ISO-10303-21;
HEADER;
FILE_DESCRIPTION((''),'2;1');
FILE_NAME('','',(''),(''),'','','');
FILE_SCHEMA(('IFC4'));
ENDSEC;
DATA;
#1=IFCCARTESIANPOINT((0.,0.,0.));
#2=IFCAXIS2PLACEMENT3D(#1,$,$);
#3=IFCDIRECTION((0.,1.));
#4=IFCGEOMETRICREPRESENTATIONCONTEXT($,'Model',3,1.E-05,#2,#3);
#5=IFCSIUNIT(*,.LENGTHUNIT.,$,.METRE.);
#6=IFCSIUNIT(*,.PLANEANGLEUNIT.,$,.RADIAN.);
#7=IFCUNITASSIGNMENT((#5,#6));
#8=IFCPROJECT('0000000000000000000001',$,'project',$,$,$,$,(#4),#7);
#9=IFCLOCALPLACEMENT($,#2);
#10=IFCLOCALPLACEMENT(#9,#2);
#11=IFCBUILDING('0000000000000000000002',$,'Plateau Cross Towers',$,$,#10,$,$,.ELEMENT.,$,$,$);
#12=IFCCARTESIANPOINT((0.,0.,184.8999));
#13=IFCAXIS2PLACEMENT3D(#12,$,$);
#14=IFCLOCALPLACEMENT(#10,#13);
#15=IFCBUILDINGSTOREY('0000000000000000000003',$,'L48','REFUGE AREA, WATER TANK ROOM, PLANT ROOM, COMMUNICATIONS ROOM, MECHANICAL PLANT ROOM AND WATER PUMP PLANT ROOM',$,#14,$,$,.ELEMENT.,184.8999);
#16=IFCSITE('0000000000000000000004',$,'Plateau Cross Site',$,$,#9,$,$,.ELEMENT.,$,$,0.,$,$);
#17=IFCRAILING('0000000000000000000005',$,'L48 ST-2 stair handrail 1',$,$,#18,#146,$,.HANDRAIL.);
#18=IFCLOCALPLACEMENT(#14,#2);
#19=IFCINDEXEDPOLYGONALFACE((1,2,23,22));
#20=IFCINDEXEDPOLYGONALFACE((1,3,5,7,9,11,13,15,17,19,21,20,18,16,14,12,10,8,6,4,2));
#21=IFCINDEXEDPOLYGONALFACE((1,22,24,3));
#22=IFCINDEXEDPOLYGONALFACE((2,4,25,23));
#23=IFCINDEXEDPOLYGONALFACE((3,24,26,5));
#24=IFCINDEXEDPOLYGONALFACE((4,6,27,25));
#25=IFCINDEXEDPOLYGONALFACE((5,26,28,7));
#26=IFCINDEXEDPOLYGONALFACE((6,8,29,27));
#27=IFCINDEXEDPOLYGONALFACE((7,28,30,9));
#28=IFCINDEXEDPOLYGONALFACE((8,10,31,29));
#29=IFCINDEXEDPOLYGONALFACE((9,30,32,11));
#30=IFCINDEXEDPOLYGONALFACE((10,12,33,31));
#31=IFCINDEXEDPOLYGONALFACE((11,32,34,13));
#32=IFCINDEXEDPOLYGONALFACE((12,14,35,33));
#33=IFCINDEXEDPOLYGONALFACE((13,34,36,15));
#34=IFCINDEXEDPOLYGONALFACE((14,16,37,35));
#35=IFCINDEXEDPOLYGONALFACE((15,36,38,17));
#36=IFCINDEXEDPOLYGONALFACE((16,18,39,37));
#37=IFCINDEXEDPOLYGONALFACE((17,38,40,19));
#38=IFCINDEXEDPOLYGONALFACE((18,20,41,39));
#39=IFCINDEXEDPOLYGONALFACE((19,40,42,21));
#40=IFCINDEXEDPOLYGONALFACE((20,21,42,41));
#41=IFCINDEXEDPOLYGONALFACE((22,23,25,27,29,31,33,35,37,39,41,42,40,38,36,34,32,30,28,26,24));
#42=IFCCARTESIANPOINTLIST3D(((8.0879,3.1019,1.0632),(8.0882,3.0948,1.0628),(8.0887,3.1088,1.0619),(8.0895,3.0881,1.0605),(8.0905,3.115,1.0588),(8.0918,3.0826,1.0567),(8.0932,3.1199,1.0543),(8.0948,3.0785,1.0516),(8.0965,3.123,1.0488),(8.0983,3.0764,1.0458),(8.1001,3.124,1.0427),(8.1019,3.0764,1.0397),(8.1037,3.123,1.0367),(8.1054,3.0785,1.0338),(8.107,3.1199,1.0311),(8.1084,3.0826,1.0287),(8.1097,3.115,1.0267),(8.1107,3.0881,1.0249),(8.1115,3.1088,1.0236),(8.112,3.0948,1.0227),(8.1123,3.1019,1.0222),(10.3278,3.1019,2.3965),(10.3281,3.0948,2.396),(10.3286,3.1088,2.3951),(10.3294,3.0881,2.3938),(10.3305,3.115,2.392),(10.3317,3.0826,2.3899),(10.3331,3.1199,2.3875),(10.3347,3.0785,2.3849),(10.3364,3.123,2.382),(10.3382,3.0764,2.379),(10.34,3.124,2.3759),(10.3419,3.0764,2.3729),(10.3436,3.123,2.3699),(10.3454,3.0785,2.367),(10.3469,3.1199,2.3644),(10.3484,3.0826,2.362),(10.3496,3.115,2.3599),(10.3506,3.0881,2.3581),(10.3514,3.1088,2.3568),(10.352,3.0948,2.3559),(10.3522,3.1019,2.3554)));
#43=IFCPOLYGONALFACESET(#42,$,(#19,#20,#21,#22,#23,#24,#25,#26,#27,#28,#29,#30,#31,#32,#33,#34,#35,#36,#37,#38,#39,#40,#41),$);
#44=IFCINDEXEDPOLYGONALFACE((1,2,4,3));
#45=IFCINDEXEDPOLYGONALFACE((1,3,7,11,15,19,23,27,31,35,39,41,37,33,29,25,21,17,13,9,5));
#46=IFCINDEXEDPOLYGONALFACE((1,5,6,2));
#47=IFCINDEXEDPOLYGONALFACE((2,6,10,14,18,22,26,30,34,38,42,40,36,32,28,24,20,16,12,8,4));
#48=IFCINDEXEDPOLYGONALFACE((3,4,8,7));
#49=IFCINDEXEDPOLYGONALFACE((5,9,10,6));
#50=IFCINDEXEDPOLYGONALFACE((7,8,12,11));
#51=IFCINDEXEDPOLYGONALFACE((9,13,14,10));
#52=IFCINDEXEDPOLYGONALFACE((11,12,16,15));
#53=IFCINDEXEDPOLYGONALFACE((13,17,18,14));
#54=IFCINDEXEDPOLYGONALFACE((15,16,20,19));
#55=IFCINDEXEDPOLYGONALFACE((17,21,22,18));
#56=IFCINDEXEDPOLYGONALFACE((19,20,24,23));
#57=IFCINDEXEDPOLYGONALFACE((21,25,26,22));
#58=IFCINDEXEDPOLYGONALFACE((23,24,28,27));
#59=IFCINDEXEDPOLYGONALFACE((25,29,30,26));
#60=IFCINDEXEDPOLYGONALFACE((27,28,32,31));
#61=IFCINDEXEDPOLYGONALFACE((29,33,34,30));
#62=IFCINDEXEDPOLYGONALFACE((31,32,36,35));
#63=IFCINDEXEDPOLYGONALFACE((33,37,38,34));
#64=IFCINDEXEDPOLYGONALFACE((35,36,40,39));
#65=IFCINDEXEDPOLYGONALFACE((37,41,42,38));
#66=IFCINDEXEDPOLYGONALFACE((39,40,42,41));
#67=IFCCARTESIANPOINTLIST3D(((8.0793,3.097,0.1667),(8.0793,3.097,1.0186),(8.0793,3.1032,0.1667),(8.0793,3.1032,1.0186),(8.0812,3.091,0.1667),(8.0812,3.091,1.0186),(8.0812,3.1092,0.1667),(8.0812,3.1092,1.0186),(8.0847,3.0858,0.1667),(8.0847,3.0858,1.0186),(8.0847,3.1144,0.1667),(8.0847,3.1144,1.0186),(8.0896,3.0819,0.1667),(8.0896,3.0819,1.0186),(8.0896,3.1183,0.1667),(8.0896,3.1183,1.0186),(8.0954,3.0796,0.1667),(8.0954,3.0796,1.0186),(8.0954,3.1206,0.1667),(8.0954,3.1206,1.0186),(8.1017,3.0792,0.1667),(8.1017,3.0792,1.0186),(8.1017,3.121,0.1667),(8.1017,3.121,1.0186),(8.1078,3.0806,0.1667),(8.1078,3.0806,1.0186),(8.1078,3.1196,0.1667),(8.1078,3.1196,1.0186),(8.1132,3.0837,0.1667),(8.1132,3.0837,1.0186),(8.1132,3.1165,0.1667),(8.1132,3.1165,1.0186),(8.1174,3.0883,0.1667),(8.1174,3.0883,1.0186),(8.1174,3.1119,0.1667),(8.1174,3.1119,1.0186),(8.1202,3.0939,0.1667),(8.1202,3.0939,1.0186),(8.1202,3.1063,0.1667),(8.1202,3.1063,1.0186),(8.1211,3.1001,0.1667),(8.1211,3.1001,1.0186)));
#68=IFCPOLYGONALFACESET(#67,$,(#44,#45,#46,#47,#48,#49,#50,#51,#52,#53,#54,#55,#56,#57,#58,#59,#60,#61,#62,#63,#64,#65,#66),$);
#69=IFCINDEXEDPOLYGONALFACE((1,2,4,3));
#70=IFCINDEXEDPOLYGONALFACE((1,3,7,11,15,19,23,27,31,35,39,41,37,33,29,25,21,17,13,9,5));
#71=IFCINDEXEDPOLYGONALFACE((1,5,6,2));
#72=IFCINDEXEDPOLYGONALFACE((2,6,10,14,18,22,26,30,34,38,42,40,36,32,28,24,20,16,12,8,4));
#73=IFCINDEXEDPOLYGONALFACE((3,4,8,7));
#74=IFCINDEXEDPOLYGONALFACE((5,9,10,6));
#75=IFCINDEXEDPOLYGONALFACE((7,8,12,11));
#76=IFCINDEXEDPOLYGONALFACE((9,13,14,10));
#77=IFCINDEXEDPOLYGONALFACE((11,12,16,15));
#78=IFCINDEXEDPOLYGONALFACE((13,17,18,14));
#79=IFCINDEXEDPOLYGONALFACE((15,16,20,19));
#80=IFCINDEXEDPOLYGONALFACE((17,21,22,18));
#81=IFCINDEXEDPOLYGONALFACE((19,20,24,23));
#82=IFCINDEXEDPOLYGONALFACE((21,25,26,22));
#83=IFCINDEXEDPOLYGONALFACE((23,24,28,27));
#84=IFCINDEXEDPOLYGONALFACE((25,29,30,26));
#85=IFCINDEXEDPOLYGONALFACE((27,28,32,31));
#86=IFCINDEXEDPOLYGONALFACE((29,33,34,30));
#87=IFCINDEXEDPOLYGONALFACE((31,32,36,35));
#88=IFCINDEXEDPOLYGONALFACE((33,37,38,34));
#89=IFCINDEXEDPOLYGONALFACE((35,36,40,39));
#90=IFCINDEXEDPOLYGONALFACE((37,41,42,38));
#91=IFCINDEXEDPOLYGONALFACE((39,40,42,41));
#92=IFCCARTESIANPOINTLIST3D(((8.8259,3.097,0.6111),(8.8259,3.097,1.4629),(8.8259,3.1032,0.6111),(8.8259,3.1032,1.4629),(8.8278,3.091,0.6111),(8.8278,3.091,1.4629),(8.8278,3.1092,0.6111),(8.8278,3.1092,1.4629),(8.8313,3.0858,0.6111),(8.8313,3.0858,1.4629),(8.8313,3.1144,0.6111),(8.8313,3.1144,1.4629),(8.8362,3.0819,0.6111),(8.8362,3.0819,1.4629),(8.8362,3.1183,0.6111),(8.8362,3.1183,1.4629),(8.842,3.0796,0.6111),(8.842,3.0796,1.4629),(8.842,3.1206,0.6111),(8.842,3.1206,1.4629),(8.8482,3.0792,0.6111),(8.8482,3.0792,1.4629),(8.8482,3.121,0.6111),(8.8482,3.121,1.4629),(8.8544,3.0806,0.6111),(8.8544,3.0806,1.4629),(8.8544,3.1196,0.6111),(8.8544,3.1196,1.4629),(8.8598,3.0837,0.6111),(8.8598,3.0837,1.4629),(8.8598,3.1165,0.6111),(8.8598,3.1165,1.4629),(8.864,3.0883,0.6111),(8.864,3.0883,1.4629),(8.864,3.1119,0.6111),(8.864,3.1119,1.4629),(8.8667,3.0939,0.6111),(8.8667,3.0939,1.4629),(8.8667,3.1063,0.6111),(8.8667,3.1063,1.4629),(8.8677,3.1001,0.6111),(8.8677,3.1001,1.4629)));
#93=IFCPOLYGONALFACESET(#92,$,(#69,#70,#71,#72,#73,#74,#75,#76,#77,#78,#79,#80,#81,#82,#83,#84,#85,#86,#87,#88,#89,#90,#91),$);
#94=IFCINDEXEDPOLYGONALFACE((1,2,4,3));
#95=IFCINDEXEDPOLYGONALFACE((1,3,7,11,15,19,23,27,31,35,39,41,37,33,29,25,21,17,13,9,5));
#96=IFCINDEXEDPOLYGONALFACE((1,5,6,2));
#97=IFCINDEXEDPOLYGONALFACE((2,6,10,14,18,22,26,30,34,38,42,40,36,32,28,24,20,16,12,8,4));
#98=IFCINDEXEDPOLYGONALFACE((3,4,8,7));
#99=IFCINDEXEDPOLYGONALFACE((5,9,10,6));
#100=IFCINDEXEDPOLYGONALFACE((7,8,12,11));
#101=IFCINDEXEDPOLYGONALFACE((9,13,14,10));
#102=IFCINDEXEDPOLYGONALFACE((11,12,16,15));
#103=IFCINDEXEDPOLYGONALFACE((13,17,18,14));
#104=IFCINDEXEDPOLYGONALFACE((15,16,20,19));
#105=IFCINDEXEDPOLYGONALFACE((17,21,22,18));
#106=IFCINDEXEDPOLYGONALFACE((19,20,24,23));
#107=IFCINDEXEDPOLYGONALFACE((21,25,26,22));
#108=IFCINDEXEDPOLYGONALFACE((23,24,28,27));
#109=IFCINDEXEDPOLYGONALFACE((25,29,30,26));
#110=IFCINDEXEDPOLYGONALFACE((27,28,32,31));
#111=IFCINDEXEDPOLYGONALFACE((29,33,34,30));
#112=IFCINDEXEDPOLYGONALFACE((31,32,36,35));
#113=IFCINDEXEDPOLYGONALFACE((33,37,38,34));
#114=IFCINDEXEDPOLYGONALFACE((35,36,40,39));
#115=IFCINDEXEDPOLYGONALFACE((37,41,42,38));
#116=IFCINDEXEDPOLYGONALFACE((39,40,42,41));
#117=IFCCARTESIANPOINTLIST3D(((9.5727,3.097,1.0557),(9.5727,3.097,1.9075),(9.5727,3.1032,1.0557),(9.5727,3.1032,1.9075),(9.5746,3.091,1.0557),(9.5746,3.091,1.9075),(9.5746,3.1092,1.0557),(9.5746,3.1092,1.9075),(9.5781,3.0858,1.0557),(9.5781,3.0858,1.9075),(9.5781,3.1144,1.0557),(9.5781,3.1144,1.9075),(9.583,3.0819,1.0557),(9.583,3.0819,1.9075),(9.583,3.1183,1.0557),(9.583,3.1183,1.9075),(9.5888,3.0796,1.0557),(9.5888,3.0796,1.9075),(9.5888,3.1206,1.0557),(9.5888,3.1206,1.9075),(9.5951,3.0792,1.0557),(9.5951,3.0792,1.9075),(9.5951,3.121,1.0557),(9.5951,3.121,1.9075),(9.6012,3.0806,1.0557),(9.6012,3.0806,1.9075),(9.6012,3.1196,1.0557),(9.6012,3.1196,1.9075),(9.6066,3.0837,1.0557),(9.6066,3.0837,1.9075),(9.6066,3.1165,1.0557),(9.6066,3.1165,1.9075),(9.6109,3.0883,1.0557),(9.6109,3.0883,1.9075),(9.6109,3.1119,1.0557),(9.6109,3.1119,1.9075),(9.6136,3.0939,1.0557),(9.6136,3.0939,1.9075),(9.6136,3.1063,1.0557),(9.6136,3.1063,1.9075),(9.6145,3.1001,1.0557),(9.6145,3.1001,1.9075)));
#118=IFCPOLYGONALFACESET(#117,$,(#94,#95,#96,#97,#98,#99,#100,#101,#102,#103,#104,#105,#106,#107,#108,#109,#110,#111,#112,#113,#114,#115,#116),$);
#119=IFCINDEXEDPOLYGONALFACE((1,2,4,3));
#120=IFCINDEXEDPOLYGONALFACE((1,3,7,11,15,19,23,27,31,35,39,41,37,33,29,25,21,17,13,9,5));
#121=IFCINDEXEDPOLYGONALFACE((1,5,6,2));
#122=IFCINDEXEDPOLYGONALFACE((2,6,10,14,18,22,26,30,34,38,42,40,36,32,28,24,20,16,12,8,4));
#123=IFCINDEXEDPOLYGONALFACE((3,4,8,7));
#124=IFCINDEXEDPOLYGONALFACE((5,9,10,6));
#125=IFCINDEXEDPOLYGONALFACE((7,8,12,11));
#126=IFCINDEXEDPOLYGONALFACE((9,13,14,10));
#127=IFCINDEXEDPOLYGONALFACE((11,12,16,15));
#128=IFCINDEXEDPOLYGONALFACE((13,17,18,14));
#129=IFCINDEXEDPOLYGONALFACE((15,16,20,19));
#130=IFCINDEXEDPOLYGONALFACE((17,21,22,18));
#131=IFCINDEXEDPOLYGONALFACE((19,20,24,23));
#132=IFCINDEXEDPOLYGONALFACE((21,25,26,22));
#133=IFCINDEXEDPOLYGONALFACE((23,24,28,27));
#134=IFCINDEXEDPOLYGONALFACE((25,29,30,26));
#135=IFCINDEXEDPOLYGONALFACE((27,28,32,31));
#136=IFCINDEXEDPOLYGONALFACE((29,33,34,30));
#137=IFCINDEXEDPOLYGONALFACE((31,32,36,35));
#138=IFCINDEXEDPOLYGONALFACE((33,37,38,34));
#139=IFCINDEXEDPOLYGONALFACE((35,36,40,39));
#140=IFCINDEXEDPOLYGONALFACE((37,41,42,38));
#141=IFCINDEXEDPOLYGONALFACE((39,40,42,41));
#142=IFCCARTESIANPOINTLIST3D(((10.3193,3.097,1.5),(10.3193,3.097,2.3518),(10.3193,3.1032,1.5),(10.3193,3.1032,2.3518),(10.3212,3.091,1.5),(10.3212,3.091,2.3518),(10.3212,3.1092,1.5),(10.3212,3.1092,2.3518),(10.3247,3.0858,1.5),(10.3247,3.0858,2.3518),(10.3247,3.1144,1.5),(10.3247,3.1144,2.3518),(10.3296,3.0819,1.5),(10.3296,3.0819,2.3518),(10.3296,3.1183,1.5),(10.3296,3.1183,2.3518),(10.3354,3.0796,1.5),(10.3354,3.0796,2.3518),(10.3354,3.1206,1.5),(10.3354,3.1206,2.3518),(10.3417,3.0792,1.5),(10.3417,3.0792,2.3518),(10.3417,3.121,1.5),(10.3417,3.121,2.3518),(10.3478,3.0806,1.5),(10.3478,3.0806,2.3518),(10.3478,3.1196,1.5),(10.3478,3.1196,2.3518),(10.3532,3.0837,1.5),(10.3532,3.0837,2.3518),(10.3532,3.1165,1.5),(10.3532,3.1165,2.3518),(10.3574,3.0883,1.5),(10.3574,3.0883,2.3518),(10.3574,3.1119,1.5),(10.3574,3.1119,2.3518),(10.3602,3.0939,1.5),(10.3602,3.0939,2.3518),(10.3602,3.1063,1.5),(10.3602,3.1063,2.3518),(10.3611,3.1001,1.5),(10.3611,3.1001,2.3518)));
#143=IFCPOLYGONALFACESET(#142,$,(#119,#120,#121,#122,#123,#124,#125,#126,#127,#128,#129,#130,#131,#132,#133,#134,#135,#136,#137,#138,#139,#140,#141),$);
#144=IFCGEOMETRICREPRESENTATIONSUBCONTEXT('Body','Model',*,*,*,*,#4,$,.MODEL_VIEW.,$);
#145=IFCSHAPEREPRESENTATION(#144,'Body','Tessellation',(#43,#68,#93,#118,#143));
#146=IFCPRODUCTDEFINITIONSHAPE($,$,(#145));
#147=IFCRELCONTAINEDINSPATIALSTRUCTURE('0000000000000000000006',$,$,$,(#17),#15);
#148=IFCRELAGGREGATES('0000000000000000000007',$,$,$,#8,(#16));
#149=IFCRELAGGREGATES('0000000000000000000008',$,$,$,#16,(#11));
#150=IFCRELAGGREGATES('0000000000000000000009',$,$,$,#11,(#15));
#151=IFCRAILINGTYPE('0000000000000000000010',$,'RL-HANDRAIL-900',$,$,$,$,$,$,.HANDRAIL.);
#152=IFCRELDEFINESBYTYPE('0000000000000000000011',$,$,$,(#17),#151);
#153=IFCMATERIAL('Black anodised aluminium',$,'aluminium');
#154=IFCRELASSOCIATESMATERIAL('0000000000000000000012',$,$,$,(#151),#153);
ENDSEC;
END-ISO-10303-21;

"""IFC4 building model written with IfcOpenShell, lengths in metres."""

from ifc_helpers import new_model, si_unit, direction, frame, origin, origin_2d, place, context, subcontext, project, spatial, circle, extrude, material, type_object, element, save


model = new_model("IFC4")

# Units and contexts
model_context = context("Model", 3, precision=1e-05, world=origin(), true_north=direction((0.0, 1.0)))
body_context = subcontext(model_context, "Body", "Model", "MODEL_VIEW")
ifc_project = project(units=[si_unit("LENGTHUNIT", "METRE"), si_unit("PLANEANGLEUNIT", "RADIAN")], contexts=[model_context])

# Site, building, storey
site_placement = place(None, origin())
site = spatial("IfcSite", under=ifc_project, at=site_placement, Name="Plateau Cross Site", CompositionType="ELEMENT", RefElevation=0.0)
building_placement = place(site_placement, origin())
building = spatial("IfcBuilding", under=site, at=building_placement, Name="Plateau Cross Towers", CompositionType="ELEMENT")
storey_placement = place(building_placement, frame((0.0, 0.0, 184.8999)))
storey = spatial("IfcBuildingStorey", under=building, at=storey_placement, Name="L48", Description="REFUGE AREA, WATER TANK ROOM, PLANT ROOM, COMMUNICATIONS ROOM, MECHANICAL PLANT ROOM AND WATER PUMP PLANT ROOM", CompositionType="ELEMENT", Elevation=184.8999)

# Railing
ifc_material_1 = material(Name="Black anodised aluminium", Category="aluminium")
railing_type_1 = type_object("IfcRailingType", Name="RL-HANDRAIL-900", PredefinedType="HANDRAIL", material=ifc_material_1)
railing_1_placement = place(storey_placement, frame((8.1001, 3.1001, 0.1667)))
element("IfcRailing", 1, at=railing_1_placement, inside=storey, type_object=railing_type_1, Name="L48 ST-2 stair handrail 1", PredefinedType="HANDRAIL", context=body_context, shape_type="SweptSolid", body=[
    extrude(circle(Radius=0.0239, at=origin_2d()), frame((0.0, 0.0, 0.876), z_axis=(0.859306, 0.0, 0.511462), x_axis=(0.0, 1.0, 0.0)), (0.0, 0.0, 1.0), 2.6067),
    extrude(circle(Radius=0.021, at=origin_2d()), origin(), (0.0, 0.0, 1.0), 0.8518),
    extrude(circle(Radius=0.021, at=origin_2d()), frame((0.7466, 0.0, 0.4443)), (0.0, 0.0, 1.0), 0.8518),
    extrude(circle(Radius=0.021, at=origin_2d()), frame((1.4934, 0.0, 0.8889)), (0.0, 0.0, 1.0), 0.8518),
    extrude(circle(Radius=0.021, at=origin_2d()), frame((2.24, 0.0, 1.3333)), (0.0, 0.0, 1.0), 0.8518),
])

save(model, "model.ifc")
